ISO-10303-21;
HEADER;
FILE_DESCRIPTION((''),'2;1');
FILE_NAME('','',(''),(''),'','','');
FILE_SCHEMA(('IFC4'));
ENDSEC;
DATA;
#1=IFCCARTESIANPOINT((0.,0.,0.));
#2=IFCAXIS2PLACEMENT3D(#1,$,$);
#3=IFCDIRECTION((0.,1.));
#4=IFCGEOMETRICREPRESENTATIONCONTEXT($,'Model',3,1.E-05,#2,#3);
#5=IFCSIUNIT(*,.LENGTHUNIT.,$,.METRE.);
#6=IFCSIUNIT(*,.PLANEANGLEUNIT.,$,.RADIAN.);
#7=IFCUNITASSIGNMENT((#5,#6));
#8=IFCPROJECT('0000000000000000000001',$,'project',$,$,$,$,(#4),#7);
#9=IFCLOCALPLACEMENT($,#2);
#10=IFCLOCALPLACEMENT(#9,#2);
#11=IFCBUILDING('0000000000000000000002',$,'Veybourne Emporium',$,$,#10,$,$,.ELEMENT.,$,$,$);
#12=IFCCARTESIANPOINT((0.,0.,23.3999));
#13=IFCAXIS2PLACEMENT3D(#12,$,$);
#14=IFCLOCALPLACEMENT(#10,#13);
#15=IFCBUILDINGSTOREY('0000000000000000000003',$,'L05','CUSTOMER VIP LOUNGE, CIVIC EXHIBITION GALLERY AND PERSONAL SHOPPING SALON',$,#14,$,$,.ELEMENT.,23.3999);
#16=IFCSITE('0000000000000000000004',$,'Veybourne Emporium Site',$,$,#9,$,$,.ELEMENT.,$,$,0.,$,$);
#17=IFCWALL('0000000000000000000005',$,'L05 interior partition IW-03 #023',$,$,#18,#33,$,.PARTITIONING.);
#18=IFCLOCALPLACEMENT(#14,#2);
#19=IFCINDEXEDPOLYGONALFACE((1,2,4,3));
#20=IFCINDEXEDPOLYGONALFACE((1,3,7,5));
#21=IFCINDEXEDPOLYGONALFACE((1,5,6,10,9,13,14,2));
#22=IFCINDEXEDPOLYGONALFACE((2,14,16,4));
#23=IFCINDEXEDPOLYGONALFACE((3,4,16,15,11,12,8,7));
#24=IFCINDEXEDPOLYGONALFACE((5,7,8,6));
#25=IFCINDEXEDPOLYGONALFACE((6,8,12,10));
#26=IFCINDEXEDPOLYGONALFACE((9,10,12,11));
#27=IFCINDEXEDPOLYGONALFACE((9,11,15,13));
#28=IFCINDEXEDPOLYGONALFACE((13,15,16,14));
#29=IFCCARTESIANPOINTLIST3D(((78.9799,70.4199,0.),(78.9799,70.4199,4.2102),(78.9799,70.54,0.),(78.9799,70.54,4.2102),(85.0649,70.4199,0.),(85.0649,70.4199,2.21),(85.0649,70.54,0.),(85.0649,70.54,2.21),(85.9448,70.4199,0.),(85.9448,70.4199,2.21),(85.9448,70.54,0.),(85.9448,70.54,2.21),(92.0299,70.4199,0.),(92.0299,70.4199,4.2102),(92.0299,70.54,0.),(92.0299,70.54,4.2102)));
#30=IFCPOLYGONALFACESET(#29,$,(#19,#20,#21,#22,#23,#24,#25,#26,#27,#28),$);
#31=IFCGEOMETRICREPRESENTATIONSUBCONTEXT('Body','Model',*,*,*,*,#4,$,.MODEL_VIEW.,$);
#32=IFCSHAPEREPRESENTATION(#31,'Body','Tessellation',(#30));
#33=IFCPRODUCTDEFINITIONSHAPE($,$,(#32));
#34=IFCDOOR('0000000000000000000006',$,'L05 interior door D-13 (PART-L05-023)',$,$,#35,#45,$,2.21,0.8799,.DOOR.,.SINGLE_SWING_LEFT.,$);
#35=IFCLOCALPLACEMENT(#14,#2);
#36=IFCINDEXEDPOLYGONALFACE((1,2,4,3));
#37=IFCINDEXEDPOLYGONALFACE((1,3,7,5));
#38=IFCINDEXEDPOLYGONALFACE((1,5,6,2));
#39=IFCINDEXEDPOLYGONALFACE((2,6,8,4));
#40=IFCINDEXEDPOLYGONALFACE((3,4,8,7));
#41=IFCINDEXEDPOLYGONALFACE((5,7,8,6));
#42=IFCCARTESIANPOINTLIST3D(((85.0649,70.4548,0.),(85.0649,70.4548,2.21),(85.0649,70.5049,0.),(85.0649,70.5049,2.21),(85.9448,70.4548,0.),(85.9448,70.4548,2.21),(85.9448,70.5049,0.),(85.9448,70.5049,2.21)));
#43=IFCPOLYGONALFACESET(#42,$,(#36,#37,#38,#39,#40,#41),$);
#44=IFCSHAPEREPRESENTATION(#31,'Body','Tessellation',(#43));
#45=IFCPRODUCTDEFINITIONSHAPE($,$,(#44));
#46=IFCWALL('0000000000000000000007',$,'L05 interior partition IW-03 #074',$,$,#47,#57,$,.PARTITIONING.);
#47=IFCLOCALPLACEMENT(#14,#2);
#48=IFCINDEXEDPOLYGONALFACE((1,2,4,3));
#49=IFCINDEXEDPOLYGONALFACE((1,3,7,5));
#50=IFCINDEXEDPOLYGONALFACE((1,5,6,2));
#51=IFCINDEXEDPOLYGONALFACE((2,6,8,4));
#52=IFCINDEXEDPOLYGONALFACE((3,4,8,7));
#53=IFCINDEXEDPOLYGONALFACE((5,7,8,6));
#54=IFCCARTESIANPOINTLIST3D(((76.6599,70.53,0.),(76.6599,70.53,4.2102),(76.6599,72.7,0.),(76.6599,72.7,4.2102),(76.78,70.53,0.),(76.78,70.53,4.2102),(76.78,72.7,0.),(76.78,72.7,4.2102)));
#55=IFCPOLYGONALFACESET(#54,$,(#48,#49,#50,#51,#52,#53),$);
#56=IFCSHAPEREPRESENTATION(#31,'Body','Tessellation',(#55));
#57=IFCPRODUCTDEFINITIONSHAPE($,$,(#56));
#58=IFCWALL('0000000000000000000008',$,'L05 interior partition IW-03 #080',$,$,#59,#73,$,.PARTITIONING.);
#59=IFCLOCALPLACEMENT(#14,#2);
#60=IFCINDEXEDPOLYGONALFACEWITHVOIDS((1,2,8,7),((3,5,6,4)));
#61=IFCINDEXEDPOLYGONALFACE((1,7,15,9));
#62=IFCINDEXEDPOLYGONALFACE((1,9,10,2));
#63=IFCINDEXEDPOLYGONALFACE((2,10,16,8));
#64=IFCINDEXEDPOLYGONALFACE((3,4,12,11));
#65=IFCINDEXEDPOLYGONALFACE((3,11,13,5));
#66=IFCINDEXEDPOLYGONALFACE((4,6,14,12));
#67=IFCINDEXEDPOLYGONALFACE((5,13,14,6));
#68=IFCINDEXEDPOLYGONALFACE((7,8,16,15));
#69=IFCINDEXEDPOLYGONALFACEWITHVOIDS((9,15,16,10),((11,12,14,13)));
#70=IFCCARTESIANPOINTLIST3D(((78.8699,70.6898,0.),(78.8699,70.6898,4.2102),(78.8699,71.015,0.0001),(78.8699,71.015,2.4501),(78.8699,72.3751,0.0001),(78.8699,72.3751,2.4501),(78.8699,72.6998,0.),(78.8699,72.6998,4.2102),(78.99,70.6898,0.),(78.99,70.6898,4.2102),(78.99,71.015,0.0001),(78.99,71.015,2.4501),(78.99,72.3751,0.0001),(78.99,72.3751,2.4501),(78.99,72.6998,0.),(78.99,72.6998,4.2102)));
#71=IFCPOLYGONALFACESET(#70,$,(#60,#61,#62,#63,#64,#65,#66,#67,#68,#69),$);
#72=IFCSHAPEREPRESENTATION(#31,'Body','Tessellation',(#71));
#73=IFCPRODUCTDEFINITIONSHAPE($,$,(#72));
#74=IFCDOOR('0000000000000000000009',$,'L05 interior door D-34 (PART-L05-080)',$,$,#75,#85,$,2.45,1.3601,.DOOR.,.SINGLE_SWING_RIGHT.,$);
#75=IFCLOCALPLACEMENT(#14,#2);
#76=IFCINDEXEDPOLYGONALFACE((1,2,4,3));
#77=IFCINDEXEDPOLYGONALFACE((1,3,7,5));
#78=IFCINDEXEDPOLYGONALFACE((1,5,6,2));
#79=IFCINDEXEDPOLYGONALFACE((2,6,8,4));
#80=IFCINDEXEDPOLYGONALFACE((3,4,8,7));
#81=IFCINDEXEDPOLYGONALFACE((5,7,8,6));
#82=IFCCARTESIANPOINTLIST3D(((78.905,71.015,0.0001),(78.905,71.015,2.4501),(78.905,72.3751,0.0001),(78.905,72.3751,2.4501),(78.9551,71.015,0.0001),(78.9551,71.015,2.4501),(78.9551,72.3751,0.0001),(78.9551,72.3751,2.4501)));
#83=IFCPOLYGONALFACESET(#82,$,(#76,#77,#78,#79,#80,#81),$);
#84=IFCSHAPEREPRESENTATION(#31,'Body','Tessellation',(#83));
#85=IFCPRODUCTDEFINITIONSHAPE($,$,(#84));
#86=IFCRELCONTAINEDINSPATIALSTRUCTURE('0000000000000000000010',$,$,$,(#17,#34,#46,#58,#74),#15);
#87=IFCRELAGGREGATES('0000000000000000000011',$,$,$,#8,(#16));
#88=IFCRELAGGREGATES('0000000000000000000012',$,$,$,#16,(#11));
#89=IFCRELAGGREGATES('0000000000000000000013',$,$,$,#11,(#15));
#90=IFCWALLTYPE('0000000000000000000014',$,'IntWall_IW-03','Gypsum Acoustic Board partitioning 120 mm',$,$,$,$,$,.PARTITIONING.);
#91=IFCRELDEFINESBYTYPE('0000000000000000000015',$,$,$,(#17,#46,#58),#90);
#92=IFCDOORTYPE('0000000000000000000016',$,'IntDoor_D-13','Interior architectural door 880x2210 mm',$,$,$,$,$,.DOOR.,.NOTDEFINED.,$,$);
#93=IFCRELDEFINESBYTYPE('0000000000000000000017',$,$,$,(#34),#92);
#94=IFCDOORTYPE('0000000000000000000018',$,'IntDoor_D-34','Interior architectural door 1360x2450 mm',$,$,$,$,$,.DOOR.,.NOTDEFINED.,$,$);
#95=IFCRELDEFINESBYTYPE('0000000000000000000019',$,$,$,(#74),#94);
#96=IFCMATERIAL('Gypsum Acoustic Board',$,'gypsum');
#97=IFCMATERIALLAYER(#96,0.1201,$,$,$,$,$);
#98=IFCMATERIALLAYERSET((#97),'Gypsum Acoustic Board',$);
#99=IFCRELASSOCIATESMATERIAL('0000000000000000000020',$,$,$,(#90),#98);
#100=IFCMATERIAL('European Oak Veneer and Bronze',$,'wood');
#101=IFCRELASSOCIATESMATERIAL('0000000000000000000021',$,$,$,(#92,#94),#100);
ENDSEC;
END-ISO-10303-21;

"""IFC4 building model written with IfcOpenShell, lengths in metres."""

from ifc_helpers import new_model, si_unit, direction, frame, frame_2d, origin, place, context, subcontext, project, spatial, rectangle, extrude, material, layer, layer_set, type_object, element, fill, save


model = new_model("IFC4")

# Units and contexts
model_context = context("Model", 3, precision=1e-05, world=origin(), true_north=direction((0.0, 1.0)))
body_context = subcontext(model_context, "Body", "Model", "MODEL_VIEW")
ifc_project = project(units=[si_unit("LENGTHUNIT", "METRE"), si_unit("PLANEANGLEUNIT", "RADIAN")], contexts=[model_context])

# Site, building, storey
site_placement = place(None, origin())
site = spatial("IfcSite", under=ifc_project, at=site_placement, Name="Veybourne Emporium Site", CompositionType="ELEMENT", RefElevation=0.0)
building_placement = place(site_placement, origin())
building = spatial("IfcBuilding", under=site, at=building_placement, Name="Veybourne Emporium", CompositionType="ELEMENT")
storey_placement = place(building_placement, frame((0.0, 0.0, 23.3999)))
storey = spatial("IfcBuildingStorey", under=building, at=storey_placement, Name="L05", Description="CUSTOMER VIP LOUNGE, CIVIC EXHIBITION GALLERY AND PERSONAL SHOPPING SALON", CompositionType="ELEMENT", Elevation=23.3999)

# Shared definitions
ifc_material_1 = material(Name="Gypsum Acoustic Board", Category="gypsum")

# Wall, opening, door
ifc_material_2 = material(Name="European Oak Veneer and Bronze", Category="wood")
ifc_layer_1 = layer(ifc_material_1, 0.1201)
ifc_layer_set_1 = layer_set([ifc_layer_1], Name="Gypsum Acoustic Board")
wall_type_1 = type_object("IfcWallType", Name="IntWall_IW-03", Description="Gypsum Acoustic Board partitioning 120 mm", PredefinedType="PARTITIONING", material=ifc_layer_set_1)
wall_1_placement = place(storey_placement, frame((78.98, 70.48, 0.0), z_axis=(0.0, 0.0, 1.0), x_axis=(1.0, 0.0, 0.0)))
wall_1 = element("IfcWall", 1, at=wall_1_placement, inside=storey, type_object=wall_type_1, Name="L05 interior partition IW-03 #023", PredefinedType="PARTITIONING", context=body_context, shape_type="SweptSolid", body=[
    extrude(rectangle(XDim=13.05, YDim=0.1201, at=frame_2d((6.5249, 0.0))), origin(), (0.0, 0.0, 1.0), 4.2102),
])
opening_1_placement = place(wall_1_placement, frame((6.085, 0.0, 0.0)))
opening_1 = element("IfcOpeningElement", 2, at=opening_1_placement, cuts=wall_1, PredefinedType="OPENING", context=body_context, shape_type="SweptSolid", body=[
    extrude(rectangle(XDim=0.8799, YDim=2.21, at=frame_2d((0.4399, 1.105))), frame((0.0, 0.0801, 0.0), z_axis=(0.0, -1.0, 0.0), x_axis=(1.0, 0.0, 0.0)), (0.0, 0.0, 1.0), 0.1602),
])
door_type_1 = type_object("IfcDoorType", Name="IntDoor_D-13", Description="Interior architectural door 880x2210 mm", OperationType="NOTDEFINED", PredefinedType="DOOR", material=ifc_material_2)
door_1_placement = place(opening_1_placement, origin())
door_1 = element("IfcDoor", 3, at=door_1_placement, inside=storey, type_object=door_type_1, Name="L05 interior door D-13 (PART-L05-023)", OperationType="SINGLE_SWING_LEFT", OverallHeight=2.21, OverallWidth=0.8799, PredefinedType="DOOR", context=body_context, shape_type="SweptSolid", body=[
    extrude(rectangle(XDim=0.8799, YDim=2.21, at=frame_2d((0.4399, 1.105))), frame((0.0, 0.0249, 0.0), z_axis=(0.0, -1.0, 0.0), x_axis=(1.0, 0.0, 0.0)), (0.0, 0.0, 1.0), 0.05),
])
fill(opening_1, door_1)

# Wall
wall_2_placement = place(storey_placement, frame((76.72, 70.53, 0.0), z_axis=(0.0, 0.0, 1.0), x_axis=(0.0, 1.0, 0.0)))
element("IfcWall", 4, at=wall_2_placement, inside=storey, type_object=wall_type_1, Name="L05 interior partition IW-03 #074", PredefinedType="PARTITIONING", context=body_context, shape_type="SweptSolid", body=[
    extrude(rectangle(XDim=2.1699, YDim=0.1201, at=frame_2d((1.085, 0.0))), origin(), (0.0, 0.0, 1.0), 4.2102),
])

# Wall, opening, door
wall_3_placement = place(storey_placement, frame((78.9299, 70.6899, 0.0), z_axis=(0.0, 0.0, 1.0), x_axis=(0.0, 1.0, 0.0)))
wall_3 = element("IfcWall", 5, at=wall_3_placement, inside=storey, type_object=wall_type_1, Name="L05 interior partition IW-03 #080", PredefinedType="PARTITIONING", context=body_context, shape_type="SweptSolid", body=[
    extrude(rectangle(XDim=2.01, YDim=0.1201, at=frame_2d((1.0049, 0.0))), origin(), (0.0, 0.0, 1.0), 4.2102),
])
opening_2_placement = place(wall_3_placement, frame((0.325, 0.0, 0.0)))
opening_2 = element("IfcOpeningElement", 6, at=opening_2_placement, cuts=wall_3, PredefinedType="OPENING", context=body_context, shape_type="SweptSolid", body=[
    extrude(rectangle(XDim=1.3601, YDim=2.45, at=frame_2d((0.6802, 1.2251))), frame((0.0, 0.0801, 0.0), z_axis=(0.0, -1.0, 0.0), x_axis=(1.0, 0.0, 0.0)), (0.0, 0.0, 1.0), 0.1602),
])
door_type_2 = type_object("IfcDoorType", Name="IntDoor_D-34", Description="Interior architectural door 1360x2450 mm", OperationType="NOTDEFINED", PredefinedType="DOOR", material=ifc_material_2)
door_2_placement = place(opening_2_placement, origin())
door_2 = element("IfcDoor", 7, at=door_2_placement, inside=storey, type_object=door_type_2, Name="L05 interior door D-34 (PART-L05-080)", OperationType="SINGLE_SWING_RIGHT", OverallHeight=2.45, OverallWidth=1.3601, PredefinedType="DOOR", context=body_context, shape_type="SweptSolid", body=[
    extrude(rectangle(XDim=1.3601, YDim=2.45, at=frame_2d((0.6802, 1.2251))), frame((0.0, 0.0249, 0.0), z_axis=(0.0, -1.0, 0.0), x_axis=(1.0, 0.0, 0.0)), (0.0, 0.0, 1.0), 0.05),
])
fill(opening_2, door_2)

save(model, "model.ifc")
